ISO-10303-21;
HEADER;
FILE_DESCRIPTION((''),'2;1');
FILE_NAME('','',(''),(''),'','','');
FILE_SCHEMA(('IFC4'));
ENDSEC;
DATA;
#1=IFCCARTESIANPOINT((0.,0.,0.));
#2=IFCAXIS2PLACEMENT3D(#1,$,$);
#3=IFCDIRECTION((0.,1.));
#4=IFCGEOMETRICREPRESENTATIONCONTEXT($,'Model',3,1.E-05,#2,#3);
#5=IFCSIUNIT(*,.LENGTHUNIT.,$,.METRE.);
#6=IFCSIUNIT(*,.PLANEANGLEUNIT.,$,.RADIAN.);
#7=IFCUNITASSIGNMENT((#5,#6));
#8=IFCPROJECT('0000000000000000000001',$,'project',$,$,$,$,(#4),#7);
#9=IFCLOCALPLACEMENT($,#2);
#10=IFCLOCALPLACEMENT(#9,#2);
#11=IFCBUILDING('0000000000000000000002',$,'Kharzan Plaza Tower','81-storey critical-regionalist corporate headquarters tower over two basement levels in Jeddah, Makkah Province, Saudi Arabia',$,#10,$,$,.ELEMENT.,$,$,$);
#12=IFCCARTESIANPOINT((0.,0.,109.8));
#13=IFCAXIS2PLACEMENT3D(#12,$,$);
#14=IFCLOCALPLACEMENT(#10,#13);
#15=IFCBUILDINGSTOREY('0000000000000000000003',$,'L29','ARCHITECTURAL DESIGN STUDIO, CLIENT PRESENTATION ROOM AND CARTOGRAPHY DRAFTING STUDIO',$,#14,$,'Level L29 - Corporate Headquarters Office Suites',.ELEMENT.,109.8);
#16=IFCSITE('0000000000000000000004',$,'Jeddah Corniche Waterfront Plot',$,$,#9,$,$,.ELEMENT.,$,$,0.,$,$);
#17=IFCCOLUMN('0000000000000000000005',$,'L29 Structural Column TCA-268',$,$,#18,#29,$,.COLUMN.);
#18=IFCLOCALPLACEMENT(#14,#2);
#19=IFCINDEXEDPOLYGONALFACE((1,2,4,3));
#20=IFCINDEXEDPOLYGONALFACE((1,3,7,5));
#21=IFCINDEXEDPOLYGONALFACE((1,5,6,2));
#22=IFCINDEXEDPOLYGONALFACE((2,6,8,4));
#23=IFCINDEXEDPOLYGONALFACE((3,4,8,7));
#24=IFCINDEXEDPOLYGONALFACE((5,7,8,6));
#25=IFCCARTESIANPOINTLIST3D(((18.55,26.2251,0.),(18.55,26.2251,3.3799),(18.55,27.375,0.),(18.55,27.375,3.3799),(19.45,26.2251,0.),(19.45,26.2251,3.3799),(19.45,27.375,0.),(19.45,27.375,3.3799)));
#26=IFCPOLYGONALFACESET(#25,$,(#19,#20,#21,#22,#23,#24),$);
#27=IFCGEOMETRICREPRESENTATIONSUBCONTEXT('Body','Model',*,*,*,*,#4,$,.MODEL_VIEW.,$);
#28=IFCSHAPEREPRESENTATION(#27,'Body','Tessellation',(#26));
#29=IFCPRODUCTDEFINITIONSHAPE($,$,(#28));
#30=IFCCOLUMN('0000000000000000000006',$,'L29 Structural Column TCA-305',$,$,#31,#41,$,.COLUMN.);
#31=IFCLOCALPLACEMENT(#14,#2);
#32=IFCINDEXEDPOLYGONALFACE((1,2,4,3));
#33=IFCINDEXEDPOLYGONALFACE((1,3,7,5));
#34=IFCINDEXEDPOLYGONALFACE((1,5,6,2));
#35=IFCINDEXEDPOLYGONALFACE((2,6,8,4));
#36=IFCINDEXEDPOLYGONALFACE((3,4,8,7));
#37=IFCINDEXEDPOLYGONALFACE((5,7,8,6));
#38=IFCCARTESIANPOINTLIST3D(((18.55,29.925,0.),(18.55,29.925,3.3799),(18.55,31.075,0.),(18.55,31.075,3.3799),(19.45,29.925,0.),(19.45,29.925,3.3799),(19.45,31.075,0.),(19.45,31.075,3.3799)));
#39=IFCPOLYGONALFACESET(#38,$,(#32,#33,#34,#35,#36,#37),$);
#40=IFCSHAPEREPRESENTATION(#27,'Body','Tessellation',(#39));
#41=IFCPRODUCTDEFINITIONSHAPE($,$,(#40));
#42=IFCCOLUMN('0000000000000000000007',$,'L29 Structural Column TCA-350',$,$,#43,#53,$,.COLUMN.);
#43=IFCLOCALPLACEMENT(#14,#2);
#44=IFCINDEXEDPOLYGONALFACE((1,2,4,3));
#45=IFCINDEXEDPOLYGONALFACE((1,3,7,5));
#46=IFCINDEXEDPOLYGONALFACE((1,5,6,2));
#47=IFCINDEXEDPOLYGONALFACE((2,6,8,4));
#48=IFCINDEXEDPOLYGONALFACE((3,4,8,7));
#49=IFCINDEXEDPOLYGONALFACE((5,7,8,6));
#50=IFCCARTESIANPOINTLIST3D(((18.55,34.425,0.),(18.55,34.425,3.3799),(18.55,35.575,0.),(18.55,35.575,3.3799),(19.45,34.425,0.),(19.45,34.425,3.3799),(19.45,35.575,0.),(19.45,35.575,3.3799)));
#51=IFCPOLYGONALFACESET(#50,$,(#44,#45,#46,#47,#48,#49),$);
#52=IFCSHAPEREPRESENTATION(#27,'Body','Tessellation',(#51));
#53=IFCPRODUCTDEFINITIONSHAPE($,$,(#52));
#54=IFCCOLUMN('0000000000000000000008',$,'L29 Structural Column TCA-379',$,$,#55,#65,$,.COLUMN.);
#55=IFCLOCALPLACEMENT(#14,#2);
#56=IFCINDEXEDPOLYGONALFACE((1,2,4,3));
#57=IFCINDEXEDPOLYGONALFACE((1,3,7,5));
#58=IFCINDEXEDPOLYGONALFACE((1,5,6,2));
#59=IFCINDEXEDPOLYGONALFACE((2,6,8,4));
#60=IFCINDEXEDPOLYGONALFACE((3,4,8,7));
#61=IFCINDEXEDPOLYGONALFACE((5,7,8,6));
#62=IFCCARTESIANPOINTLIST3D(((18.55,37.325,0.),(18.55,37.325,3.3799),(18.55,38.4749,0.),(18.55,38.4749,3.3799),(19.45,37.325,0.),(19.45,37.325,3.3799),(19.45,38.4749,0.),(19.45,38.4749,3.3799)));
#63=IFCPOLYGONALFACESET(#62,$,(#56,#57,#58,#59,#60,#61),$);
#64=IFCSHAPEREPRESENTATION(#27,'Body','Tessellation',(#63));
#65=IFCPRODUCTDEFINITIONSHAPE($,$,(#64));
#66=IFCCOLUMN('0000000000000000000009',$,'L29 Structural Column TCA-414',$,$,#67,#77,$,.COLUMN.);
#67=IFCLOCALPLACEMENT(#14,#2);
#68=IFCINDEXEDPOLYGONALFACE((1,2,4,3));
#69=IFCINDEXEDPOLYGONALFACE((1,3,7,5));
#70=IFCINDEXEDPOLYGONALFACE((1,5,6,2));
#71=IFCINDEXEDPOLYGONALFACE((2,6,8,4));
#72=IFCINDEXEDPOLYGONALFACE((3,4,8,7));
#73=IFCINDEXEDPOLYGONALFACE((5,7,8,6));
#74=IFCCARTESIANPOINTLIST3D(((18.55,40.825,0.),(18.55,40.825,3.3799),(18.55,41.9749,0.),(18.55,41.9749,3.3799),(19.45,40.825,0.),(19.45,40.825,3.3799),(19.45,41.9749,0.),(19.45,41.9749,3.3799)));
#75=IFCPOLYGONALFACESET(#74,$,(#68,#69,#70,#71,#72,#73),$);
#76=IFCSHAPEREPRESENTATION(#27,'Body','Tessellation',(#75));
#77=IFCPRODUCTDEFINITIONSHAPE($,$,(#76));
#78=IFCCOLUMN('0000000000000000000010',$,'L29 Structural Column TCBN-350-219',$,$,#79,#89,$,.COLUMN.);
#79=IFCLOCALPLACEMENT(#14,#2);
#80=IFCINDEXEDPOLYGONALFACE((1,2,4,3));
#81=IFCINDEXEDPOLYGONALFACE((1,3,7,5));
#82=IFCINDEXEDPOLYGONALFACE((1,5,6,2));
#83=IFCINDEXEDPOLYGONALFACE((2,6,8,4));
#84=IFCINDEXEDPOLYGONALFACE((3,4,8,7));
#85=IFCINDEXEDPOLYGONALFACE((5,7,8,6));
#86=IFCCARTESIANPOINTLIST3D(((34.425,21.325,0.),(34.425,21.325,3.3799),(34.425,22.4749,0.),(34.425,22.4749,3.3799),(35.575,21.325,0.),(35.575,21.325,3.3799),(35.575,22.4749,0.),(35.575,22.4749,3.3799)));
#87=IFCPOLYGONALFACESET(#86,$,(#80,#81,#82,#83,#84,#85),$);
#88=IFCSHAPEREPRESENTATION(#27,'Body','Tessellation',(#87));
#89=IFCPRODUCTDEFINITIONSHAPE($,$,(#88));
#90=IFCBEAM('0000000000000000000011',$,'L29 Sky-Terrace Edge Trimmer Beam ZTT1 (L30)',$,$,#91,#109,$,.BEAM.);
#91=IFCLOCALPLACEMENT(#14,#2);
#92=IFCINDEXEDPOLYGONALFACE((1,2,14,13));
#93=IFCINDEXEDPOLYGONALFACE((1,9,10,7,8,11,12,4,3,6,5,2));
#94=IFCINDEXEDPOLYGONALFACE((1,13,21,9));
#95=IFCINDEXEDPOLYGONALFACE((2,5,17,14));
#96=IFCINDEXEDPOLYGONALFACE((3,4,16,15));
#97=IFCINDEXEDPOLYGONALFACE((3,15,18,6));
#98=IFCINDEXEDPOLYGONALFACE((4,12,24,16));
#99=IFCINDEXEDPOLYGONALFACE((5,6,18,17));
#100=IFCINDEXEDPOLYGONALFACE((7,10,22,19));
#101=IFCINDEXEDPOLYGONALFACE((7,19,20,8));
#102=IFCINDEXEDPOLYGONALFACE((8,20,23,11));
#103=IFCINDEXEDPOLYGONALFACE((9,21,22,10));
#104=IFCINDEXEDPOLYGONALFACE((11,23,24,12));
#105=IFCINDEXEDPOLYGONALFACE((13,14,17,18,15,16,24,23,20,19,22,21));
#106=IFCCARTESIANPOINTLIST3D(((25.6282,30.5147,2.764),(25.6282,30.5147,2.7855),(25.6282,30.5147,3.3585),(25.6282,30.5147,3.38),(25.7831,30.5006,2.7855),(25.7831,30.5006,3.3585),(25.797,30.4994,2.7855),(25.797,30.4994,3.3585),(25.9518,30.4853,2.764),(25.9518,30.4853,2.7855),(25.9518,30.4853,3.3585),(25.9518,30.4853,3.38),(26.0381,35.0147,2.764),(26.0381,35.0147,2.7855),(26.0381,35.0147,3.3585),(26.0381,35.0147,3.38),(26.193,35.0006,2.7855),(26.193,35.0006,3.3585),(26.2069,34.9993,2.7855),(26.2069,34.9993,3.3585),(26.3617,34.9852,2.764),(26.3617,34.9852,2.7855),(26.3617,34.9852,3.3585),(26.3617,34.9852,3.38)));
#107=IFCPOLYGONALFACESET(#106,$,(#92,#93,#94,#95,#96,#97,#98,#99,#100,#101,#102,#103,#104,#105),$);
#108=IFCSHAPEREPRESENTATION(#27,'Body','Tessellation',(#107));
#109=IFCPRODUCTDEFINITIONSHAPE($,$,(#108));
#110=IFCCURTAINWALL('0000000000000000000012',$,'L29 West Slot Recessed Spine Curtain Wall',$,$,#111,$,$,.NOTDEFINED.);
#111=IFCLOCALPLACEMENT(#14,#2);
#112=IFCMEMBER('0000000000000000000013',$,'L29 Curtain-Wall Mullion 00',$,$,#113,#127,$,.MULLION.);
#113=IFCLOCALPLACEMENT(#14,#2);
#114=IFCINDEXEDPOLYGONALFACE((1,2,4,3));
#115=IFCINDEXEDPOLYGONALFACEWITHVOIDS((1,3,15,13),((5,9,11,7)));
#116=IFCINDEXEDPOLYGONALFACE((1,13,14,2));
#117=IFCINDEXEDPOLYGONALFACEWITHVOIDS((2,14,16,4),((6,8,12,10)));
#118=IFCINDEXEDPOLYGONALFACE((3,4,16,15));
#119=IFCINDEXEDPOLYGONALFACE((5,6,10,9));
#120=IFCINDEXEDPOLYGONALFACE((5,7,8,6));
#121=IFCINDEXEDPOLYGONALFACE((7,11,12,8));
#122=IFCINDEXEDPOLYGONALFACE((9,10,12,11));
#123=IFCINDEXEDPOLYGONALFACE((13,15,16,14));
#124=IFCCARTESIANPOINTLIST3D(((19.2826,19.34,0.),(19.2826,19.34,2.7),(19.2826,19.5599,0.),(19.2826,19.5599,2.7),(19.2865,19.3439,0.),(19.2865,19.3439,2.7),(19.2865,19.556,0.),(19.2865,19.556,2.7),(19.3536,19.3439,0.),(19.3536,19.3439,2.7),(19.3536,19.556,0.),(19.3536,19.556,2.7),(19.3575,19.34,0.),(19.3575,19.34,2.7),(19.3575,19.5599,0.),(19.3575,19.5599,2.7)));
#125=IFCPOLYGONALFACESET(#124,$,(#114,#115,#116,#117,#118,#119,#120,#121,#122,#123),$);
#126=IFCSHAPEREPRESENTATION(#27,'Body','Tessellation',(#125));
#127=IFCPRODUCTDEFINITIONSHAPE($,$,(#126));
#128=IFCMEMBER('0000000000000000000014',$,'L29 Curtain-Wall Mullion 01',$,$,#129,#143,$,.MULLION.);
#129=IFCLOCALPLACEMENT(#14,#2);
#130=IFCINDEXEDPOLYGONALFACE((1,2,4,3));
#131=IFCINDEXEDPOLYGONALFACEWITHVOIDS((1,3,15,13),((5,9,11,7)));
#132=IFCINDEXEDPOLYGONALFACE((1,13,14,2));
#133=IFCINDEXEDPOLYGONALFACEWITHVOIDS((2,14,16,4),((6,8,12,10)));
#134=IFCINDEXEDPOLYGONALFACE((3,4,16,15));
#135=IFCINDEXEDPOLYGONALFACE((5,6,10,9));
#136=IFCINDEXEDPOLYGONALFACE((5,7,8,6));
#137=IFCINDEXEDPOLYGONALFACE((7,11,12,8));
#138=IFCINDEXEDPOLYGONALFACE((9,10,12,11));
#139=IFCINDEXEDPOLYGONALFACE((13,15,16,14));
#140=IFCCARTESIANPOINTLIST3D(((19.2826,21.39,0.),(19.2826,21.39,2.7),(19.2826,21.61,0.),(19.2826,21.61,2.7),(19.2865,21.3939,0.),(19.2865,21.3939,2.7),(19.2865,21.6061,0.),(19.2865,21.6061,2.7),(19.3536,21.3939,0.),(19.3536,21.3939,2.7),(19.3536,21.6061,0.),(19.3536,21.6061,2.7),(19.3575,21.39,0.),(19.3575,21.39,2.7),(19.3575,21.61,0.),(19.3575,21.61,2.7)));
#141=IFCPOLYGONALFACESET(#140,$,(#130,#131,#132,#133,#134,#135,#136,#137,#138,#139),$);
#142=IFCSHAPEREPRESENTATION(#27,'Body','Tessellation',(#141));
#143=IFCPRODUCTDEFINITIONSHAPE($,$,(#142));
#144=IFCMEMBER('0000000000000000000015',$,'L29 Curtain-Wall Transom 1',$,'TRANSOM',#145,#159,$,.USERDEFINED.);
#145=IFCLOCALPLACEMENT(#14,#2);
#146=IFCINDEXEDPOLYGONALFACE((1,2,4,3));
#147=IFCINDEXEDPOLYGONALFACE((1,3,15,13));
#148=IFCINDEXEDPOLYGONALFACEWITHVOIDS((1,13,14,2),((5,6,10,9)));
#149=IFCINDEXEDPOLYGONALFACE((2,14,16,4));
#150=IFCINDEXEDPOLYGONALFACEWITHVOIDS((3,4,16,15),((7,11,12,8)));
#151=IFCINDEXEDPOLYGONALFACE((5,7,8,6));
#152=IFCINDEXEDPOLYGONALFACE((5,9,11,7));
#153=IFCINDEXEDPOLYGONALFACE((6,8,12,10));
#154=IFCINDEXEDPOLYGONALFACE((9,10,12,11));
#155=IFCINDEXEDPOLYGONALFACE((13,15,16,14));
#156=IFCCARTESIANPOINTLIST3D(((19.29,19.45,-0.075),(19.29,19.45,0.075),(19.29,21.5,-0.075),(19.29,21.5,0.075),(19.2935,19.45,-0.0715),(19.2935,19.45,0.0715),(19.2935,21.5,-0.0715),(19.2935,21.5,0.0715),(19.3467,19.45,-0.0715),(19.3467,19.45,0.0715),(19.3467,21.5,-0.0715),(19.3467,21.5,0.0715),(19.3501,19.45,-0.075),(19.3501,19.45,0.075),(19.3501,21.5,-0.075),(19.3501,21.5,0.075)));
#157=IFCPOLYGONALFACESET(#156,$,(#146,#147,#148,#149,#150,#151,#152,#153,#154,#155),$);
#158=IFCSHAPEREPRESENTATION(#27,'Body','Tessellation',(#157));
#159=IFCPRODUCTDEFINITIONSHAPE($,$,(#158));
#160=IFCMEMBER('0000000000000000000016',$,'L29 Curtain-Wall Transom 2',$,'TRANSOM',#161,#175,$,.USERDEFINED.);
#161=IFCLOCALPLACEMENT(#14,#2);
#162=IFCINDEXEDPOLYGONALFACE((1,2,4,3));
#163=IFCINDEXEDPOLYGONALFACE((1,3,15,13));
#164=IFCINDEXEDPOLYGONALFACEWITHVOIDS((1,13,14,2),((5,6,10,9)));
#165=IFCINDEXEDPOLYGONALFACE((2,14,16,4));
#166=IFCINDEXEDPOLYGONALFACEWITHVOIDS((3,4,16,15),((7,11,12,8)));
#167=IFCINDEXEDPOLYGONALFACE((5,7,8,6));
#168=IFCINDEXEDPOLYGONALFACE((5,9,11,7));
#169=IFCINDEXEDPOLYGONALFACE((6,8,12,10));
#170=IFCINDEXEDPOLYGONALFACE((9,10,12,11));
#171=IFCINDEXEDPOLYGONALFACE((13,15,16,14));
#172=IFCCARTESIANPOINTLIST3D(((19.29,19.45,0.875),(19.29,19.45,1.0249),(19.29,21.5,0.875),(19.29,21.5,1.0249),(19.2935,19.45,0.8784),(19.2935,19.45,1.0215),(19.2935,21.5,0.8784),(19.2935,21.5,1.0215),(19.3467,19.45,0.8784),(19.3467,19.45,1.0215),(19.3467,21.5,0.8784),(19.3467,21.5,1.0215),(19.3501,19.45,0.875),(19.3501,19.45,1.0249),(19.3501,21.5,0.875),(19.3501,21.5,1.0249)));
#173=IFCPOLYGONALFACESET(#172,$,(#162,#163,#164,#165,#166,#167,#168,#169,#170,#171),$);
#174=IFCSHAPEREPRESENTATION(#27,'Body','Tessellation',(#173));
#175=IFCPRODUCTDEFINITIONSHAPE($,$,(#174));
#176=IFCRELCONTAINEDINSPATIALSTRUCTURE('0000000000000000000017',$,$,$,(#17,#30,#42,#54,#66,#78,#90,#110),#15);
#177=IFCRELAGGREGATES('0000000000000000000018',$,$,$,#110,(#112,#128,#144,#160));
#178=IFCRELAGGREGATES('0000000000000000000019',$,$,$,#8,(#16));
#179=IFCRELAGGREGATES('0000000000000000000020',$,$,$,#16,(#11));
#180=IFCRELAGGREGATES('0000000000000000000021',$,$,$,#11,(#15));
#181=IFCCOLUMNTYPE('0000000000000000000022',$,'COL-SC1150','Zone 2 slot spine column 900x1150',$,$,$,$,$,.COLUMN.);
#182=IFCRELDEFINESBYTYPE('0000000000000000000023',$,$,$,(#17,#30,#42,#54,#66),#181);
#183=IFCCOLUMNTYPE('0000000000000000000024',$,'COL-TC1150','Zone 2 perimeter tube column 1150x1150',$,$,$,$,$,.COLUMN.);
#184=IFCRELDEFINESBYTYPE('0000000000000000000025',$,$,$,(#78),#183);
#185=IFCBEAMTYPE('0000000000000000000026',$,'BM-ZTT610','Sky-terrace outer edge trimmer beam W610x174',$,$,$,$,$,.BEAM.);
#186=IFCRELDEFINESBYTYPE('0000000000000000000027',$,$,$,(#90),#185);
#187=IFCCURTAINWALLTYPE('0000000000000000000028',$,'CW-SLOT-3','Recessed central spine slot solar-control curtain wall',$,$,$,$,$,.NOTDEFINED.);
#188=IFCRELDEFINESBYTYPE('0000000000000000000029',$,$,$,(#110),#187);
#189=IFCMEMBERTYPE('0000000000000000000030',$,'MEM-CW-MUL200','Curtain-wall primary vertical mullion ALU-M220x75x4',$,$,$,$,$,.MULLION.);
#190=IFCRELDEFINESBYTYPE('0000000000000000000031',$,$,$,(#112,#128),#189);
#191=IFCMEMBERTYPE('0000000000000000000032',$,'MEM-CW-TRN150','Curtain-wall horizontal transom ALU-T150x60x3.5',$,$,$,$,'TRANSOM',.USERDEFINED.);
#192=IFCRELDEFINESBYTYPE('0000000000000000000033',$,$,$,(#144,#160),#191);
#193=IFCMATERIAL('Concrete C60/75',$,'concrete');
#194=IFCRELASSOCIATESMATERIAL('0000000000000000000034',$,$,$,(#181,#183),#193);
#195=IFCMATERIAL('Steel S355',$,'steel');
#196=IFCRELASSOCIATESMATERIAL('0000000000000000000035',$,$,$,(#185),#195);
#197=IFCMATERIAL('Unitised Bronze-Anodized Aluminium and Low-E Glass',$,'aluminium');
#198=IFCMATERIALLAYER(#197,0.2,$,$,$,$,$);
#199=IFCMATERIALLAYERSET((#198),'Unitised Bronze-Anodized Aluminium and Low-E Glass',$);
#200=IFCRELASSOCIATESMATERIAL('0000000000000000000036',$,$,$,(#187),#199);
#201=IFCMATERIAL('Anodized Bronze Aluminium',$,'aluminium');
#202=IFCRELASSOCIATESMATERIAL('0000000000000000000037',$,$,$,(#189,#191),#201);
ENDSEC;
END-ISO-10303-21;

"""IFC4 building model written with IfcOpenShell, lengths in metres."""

from ifc_helpers import new_model, si_unit, direction, frame, origin, origin_2d, place, context, subcontext, project, spatial, rectangle, hollow_rectangle, i_section, extrude, source, transform, mapped, material, layer, layer_set, material_profile, profile_set, type_object, element, aggregate, save


model = new_model("IFC4")

# Units and contexts
model_context = context("Model", 3, precision=1e-05, world=origin(), true_north=direction((0.0, 1.0)))
body_context = subcontext(model_context, "Body", "Model", "MODEL_VIEW")
ifc_project = project(units=[si_unit("LENGTHUNIT", "METRE"), si_unit("PLANEANGLEUNIT", "RADIAN")], contexts=[model_context])

# Site, building, storey
site_placement = place(None, origin())
site = spatial("IfcSite", under=ifc_project, at=site_placement, Name="Jeddah Corniche Waterfront Plot", CompositionType="ELEMENT", RefElevation=0.0)
building_placement = place(site_placement, origin())
building = spatial("IfcBuilding", under=site, at=building_placement, Name="Kharzan Plaza Tower", Description="81-storey critical-regionalist corporate headquarters tower over two basement levels in Jeddah, Makkah Province, Saudi Arabia", CompositionType="ELEMENT")
storey_placement = place(building_placement, frame((0.0, 0.0, 109.8)))
storey = spatial("IfcBuildingStorey", under=building, at=storey_placement, Name="L29", Description="ARCHITECTURAL DESIGN STUDIO, CLIENT PRESENTATION ROOM AND CARTOGRAPHY DRAFTING STUDIO", LongName="Level L29 - Corporate Headquarters Office Suites", CompositionType="ELEMENT", Elevation=109.8)

# Columns
ifc_material_1 = material(Name="Concrete C60/75", Category="concrete")
ifc_material_profile_1 = material_profile(ifc_material_1, rectangle(XDim=0.8999, YDim=1.1499, at=origin_2d()), Name="RC-SC1150x900")
ifc_profile_set_1 = profile_set([ifc_material_profile_1], Name="Concrete C60/75")
column_type_1 = type_object("IfcColumnType", Name="COL-SC1150", Description="Zone 2 slot spine column 900x1150", PredefinedType="COLUMN", material=ifc_profile_set_1)
shared_shape_1 = source(origin(), body_context, "Body", "SweptSolid", [
    extrude(rectangle(XDim=0.8999, YDim=1.1499, at=origin_2d()), origin(), (0.0, 0.0, 1.0), 3.3799),
])
for number, where, z_axis, x_axis, name in (
    (1, (19.0, 26.8, 0.0), (0.0, 0.0, 1.0), (1.0, 0.0, 0.0), "L29 Structural Column TCA-268"),
    (2, (19.0, 30.5, 0.0), (0.0, 0.0, 1.0), (1.0, 0.0, 0.0), "L29 Structural Column TCA-305"),
    (3, (19.0, 35.0, 0.0), (0.0, 0.0, 1.0), (1.0, 0.0, 0.0), "L29 Structural Column TCA-350"),
    (4, (19.0, 37.8999, 0.0), (0.0, 0.0, 1.0), (1.0, 0.0, 0.0), "L29 Structural Column TCA-379"),
    (5, (19.0, 41.3999, 0.0), (0.0, 0.0, 1.0), (1.0, 0.0, 0.0), "L29 Structural Column TCA-414"),
):
    element("IfcColumn", number, at=place(storey_placement, frame(where, z_axis=z_axis, x_axis=x_axis)), inside=storey, type_object=column_type_1, Name=name, PredefinedType="COLUMN", context=body_context, shape_type="MappedRepresentation", body=[
        mapped(shared_shape_1, transform((0.0, 0.0, 0.0), x_axis=(1.0, 0.0, 0.0), y_axis=(0.0, 1.0, 0.0), z_axis=(0.0, 0.0, 1.0))),
    ])
ifc_material_profile_2 = material_profile(ifc_material_1, rectangle(XDim=1.1499, YDim=1.1499, at=origin_2d()), Name="RC-TC1150x1150")
ifc_profile_set_2 = profile_set([ifc_material_profile_2], Name="Concrete C60/75")
column_type_2 = type_object("IfcColumnType", Name="COL-TC1150", Description="Zone 2 perimeter tube column 1150x1150", PredefinedType="COLUMN", material=ifc_profile_set_2)
shared_shape_2 = source(origin(), body_context, "Body", "SweptSolid", [
    extrude(rectangle(XDim=1.1499, YDim=1.1499, at=origin_2d()), origin(), (0.0, 0.0, 1.0), 3.3799),
])
column_placement = place(storey_placement, frame((35.0, 21.8999, 0.0), z_axis=(0.0, 0.0, 1.0), x_axis=(1.0, 0.0, 0.0)))
element("IfcColumn", 6, at=column_placement, inside=storey, type_object=column_type_2, Name="L29 Structural Column TCBN-350-219", PredefinedType="COLUMN", context=body_context, shape_type="MappedRepresentation", body=[
    mapped(shared_shape_2, transform((0.0, 0.0, 0.0), x_axis=(1.0, 0.0, 0.0), y_axis=(0.0, 1.0, 0.0), z_axis=(0.0, 0.0, 1.0))),
])

# Beam
ifc_material_2 = material(Name="Steel S355", Category="steel")
ifc_material_profile_3 = material_profile(ifc_material_2, i_section(OverallWidth=0.325, OverallDepth=0.616, WebThickness=0.0139, FlangeThickness=0.0215, at=origin_2d()), Name="W610x174")
ifc_profile_set_3 = profile_set([ifc_material_profile_3], Name="Steel S355")
beam_type_1 = type_object("IfcBeamType", Name="BM-ZTT610", Description="Sky-terrace outer edge trimmer beam W610x174", PredefinedType="BEAM", material=ifc_profile_set_3)
shared_shape_3 = source(origin(), body_context, "Body", "SweptSolid", [
    extrude(i_section(OverallWidth=0.325, OverallDepth=0.616, WebThickness=0.0139, FlangeThickness=0.0215, at=origin_2d()), origin(), (0.0, 0.0, 1.0), 4.5186),
])
beam_1_placement = place(storey_placement, frame((25.79, 30.5, 3.072), z_axis=(0.090716, 0.995877, 0.0), x_axis=(-0.995877, 0.090716, 0.0)))
element("IfcBeam", 7, at=beam_1_placement, inside=storey, type_object=beam_type_1, Name="L29 Sky-Terrace Edge Trimmer Beam ZTT1 (L30)", PredefinedType="BEAM", context=body_context, shape_type="MappedRepresentation", body=[
    mapped(shared_shape_3, transform((0.0, 0.0, 0.0), x_axis=(1.0, 0.0, 0.0), y_axis=(0.0, 1.0, 0.0), z_axis=(0.0, 0.0, 1.0))),
])

# Curtain wall, members
ifc_material_3 = material(Name="Unitised Bronze-Anodized Aluminium and Low-E Glass", Category="aluminium")
ifc_layer_1 = layer(ifc_material_3, 0.2)
ifc_layer_set_1 = layer_set([ifc_layer_1], Name="Unitised Bronze-Anodized Aluminium and Low-E Glass")
curtain_wall_type = type_object("IfcCurtainWallType", Name="CW-SLOT-3", Description="Recessed central spine slot solar-control curtain wall", PredefinedType="NOTDEFINED", material=ifc_layer_set_1)
curtain_wall_placement = place(storey_placement, origin())
curtain_wall = element("IfcCurtainWall", 8, at=curtain_wall_placement, inside=storey, type_object=curtain_wall_type, Name="L29 West Slot Recessed Spine Curtain Wall", PredefinedType="NOTDEFINED")
ifc_material_4 = material(Name="Anodized Bronze Aluminium", Category="aluminium")
ifc_material_profile_4 = material_profile(ifc_material_4, hollow_rectangle(XDim=0.075, YDim=0.22, WallThickness=0.0039, at=origin_2d()), Name="ALU-M220x75x4")
ifc_profile_set_4 = profile_set([ifc_material_profile_4], Name="Anodized Bronze Aluminium")
member_type_1 = type_object("IfcMemberType", Name="MEM-CW-MUL200", Description="Curtain-wall primary vertical mullion ALU-M220x75x4", PredefinedType="MULLION", material=ifc_profile_set_4)
shared_shape_4 = source(origin(), body_context, "Body", "SweptSolid", [
    extrude(hollow_rectangle(XDim=0.075, YDim=0.22, WallThickness=0.0039, at=origin_2d()), origin(), (0.0, 0.0, 1.0), 2.7),
])
member_1_placement = place(storey_placement, frame((19.3201, 19.45, 0.0), z_axis=(0.0, 0.0, 1.0), x_axis=(1.0, 0.0, 0.0)))
member_1 = element("IfcMember", 9, at=member_1_placement, type_object=member_type_1, Name="L29 Curtain-Wall Mullion 00", PredefinedType="MULLION", context=body_context, shape_type="MappedRepresentation", body=[
    mapped(shared_shape_4, transform((0.0, 0.0, 0.0), x_axis=(1.0, 0.0, 0.0), y_axis=(0.0, 1.0, 0.0), z_axis=(0.0, 0.0, 1.0))),
])
member_2_placement = place(storey_placement, frame((19.3201, 21.5, 0.0), z_axis=(0.0, 0.0, 1.0), x_axis=(1.0, 0.0, 0.0)))
member_2 = element("IfcMember", 10, at=member_2_placement, type_object=member_type_1, Name="L29 Curtain-Wall Mullion 01", PredefinedType="MULLION", context=body_context, shape_type="MappedRepresentation", body=[
    mapped(shared_shape_4, transform((0.0, 0.0, 0.0), x_axis=(1.0, 0.0, 0.0), y_axis=(0.0, 1.0, 0.0), z_axis=(0.0, 0.0, 1.0))),
])
ifc_material_profile_5 = material_profile(ifc_material_4, hollow_rectangle(XDim=0.0601, YDim=0.1499, WallThickness=0.0034, at=origin_2d()), Name="ALU-T150x60x3.5")
ifc_profile_set_5 = profile_set([ifc_material_profile_5], Name="Anodized Bronze Aluminium")
member_type_2 = type_object("IfcMemberType", Name="MEM-CW-TRN150", Description="Curtain-wall horizontal transom ALU-T150x60x3.5", ElementType="TRANSOM", PredefinedType="USERDEFINED", material=ifc_profile_set_5)
shared_shape_5 = source(origin(), body_context, "Body", "SweptSolid", [
    extrude(hollow_rectangle(XDim=0.0601, YDim=0.1499, WallThickness=0.0034, at=origin_2d()), origin(), (0.0, 0.0, 1.0), 2.05),
])
member_3_placement = place(storey_placement, frame((19.3201, 19.45, 0.0), z_axis=(0.0, 1.0, 0.0), x_axis=(-1.0, 0.0, 0.0)))
member_3 = element("IfcMember", 11, at=member_3_placement, type_object=member_type_2, Name="L29 Curtain-Wall Transom 1", ObjectType="TRANSOM", PredefinedType="USERDEFINED", context=body_context, shape_type="MappedRepresentation", body=[
    mapped(shared_shape_5, transform((0.0, 0.0, 0.0), x_axis=(1.0, 0.0, 0.0), y_axis=(0.0, 1.0, 0.0), z_axis=(0.0, 0.0, 1.0))),
])
member_4_placement = place(storey_placement, frame((19.3201, 19.45, 0.95), z_axis=(0.0, 1.0, 0.0), x_axis=(-1.0, 0.0, 0.0)))
member_4 = element("IfcMember", 12, at=member_4_placement, type_object=member_type_2, Name="L29 Curtain-Wall Transom 2", ObjectType="TRANSOM", PredefinedType="USERDEFINED", context=body_context, shape_type="MappedRepresentation", body=[
    mapped(shared_shape_5, transform((0.0, 0.0, 0.0), x_axis=(1.0, 0.0, 0.0), y_axis=(0.0, 1.0, 0.0), z_axis=(0.0, 0.0, 1.0))),
])

aggregate(curtain_wall, [member_1, member_2, member_3, member_4])

save(model, "model.ifc")
